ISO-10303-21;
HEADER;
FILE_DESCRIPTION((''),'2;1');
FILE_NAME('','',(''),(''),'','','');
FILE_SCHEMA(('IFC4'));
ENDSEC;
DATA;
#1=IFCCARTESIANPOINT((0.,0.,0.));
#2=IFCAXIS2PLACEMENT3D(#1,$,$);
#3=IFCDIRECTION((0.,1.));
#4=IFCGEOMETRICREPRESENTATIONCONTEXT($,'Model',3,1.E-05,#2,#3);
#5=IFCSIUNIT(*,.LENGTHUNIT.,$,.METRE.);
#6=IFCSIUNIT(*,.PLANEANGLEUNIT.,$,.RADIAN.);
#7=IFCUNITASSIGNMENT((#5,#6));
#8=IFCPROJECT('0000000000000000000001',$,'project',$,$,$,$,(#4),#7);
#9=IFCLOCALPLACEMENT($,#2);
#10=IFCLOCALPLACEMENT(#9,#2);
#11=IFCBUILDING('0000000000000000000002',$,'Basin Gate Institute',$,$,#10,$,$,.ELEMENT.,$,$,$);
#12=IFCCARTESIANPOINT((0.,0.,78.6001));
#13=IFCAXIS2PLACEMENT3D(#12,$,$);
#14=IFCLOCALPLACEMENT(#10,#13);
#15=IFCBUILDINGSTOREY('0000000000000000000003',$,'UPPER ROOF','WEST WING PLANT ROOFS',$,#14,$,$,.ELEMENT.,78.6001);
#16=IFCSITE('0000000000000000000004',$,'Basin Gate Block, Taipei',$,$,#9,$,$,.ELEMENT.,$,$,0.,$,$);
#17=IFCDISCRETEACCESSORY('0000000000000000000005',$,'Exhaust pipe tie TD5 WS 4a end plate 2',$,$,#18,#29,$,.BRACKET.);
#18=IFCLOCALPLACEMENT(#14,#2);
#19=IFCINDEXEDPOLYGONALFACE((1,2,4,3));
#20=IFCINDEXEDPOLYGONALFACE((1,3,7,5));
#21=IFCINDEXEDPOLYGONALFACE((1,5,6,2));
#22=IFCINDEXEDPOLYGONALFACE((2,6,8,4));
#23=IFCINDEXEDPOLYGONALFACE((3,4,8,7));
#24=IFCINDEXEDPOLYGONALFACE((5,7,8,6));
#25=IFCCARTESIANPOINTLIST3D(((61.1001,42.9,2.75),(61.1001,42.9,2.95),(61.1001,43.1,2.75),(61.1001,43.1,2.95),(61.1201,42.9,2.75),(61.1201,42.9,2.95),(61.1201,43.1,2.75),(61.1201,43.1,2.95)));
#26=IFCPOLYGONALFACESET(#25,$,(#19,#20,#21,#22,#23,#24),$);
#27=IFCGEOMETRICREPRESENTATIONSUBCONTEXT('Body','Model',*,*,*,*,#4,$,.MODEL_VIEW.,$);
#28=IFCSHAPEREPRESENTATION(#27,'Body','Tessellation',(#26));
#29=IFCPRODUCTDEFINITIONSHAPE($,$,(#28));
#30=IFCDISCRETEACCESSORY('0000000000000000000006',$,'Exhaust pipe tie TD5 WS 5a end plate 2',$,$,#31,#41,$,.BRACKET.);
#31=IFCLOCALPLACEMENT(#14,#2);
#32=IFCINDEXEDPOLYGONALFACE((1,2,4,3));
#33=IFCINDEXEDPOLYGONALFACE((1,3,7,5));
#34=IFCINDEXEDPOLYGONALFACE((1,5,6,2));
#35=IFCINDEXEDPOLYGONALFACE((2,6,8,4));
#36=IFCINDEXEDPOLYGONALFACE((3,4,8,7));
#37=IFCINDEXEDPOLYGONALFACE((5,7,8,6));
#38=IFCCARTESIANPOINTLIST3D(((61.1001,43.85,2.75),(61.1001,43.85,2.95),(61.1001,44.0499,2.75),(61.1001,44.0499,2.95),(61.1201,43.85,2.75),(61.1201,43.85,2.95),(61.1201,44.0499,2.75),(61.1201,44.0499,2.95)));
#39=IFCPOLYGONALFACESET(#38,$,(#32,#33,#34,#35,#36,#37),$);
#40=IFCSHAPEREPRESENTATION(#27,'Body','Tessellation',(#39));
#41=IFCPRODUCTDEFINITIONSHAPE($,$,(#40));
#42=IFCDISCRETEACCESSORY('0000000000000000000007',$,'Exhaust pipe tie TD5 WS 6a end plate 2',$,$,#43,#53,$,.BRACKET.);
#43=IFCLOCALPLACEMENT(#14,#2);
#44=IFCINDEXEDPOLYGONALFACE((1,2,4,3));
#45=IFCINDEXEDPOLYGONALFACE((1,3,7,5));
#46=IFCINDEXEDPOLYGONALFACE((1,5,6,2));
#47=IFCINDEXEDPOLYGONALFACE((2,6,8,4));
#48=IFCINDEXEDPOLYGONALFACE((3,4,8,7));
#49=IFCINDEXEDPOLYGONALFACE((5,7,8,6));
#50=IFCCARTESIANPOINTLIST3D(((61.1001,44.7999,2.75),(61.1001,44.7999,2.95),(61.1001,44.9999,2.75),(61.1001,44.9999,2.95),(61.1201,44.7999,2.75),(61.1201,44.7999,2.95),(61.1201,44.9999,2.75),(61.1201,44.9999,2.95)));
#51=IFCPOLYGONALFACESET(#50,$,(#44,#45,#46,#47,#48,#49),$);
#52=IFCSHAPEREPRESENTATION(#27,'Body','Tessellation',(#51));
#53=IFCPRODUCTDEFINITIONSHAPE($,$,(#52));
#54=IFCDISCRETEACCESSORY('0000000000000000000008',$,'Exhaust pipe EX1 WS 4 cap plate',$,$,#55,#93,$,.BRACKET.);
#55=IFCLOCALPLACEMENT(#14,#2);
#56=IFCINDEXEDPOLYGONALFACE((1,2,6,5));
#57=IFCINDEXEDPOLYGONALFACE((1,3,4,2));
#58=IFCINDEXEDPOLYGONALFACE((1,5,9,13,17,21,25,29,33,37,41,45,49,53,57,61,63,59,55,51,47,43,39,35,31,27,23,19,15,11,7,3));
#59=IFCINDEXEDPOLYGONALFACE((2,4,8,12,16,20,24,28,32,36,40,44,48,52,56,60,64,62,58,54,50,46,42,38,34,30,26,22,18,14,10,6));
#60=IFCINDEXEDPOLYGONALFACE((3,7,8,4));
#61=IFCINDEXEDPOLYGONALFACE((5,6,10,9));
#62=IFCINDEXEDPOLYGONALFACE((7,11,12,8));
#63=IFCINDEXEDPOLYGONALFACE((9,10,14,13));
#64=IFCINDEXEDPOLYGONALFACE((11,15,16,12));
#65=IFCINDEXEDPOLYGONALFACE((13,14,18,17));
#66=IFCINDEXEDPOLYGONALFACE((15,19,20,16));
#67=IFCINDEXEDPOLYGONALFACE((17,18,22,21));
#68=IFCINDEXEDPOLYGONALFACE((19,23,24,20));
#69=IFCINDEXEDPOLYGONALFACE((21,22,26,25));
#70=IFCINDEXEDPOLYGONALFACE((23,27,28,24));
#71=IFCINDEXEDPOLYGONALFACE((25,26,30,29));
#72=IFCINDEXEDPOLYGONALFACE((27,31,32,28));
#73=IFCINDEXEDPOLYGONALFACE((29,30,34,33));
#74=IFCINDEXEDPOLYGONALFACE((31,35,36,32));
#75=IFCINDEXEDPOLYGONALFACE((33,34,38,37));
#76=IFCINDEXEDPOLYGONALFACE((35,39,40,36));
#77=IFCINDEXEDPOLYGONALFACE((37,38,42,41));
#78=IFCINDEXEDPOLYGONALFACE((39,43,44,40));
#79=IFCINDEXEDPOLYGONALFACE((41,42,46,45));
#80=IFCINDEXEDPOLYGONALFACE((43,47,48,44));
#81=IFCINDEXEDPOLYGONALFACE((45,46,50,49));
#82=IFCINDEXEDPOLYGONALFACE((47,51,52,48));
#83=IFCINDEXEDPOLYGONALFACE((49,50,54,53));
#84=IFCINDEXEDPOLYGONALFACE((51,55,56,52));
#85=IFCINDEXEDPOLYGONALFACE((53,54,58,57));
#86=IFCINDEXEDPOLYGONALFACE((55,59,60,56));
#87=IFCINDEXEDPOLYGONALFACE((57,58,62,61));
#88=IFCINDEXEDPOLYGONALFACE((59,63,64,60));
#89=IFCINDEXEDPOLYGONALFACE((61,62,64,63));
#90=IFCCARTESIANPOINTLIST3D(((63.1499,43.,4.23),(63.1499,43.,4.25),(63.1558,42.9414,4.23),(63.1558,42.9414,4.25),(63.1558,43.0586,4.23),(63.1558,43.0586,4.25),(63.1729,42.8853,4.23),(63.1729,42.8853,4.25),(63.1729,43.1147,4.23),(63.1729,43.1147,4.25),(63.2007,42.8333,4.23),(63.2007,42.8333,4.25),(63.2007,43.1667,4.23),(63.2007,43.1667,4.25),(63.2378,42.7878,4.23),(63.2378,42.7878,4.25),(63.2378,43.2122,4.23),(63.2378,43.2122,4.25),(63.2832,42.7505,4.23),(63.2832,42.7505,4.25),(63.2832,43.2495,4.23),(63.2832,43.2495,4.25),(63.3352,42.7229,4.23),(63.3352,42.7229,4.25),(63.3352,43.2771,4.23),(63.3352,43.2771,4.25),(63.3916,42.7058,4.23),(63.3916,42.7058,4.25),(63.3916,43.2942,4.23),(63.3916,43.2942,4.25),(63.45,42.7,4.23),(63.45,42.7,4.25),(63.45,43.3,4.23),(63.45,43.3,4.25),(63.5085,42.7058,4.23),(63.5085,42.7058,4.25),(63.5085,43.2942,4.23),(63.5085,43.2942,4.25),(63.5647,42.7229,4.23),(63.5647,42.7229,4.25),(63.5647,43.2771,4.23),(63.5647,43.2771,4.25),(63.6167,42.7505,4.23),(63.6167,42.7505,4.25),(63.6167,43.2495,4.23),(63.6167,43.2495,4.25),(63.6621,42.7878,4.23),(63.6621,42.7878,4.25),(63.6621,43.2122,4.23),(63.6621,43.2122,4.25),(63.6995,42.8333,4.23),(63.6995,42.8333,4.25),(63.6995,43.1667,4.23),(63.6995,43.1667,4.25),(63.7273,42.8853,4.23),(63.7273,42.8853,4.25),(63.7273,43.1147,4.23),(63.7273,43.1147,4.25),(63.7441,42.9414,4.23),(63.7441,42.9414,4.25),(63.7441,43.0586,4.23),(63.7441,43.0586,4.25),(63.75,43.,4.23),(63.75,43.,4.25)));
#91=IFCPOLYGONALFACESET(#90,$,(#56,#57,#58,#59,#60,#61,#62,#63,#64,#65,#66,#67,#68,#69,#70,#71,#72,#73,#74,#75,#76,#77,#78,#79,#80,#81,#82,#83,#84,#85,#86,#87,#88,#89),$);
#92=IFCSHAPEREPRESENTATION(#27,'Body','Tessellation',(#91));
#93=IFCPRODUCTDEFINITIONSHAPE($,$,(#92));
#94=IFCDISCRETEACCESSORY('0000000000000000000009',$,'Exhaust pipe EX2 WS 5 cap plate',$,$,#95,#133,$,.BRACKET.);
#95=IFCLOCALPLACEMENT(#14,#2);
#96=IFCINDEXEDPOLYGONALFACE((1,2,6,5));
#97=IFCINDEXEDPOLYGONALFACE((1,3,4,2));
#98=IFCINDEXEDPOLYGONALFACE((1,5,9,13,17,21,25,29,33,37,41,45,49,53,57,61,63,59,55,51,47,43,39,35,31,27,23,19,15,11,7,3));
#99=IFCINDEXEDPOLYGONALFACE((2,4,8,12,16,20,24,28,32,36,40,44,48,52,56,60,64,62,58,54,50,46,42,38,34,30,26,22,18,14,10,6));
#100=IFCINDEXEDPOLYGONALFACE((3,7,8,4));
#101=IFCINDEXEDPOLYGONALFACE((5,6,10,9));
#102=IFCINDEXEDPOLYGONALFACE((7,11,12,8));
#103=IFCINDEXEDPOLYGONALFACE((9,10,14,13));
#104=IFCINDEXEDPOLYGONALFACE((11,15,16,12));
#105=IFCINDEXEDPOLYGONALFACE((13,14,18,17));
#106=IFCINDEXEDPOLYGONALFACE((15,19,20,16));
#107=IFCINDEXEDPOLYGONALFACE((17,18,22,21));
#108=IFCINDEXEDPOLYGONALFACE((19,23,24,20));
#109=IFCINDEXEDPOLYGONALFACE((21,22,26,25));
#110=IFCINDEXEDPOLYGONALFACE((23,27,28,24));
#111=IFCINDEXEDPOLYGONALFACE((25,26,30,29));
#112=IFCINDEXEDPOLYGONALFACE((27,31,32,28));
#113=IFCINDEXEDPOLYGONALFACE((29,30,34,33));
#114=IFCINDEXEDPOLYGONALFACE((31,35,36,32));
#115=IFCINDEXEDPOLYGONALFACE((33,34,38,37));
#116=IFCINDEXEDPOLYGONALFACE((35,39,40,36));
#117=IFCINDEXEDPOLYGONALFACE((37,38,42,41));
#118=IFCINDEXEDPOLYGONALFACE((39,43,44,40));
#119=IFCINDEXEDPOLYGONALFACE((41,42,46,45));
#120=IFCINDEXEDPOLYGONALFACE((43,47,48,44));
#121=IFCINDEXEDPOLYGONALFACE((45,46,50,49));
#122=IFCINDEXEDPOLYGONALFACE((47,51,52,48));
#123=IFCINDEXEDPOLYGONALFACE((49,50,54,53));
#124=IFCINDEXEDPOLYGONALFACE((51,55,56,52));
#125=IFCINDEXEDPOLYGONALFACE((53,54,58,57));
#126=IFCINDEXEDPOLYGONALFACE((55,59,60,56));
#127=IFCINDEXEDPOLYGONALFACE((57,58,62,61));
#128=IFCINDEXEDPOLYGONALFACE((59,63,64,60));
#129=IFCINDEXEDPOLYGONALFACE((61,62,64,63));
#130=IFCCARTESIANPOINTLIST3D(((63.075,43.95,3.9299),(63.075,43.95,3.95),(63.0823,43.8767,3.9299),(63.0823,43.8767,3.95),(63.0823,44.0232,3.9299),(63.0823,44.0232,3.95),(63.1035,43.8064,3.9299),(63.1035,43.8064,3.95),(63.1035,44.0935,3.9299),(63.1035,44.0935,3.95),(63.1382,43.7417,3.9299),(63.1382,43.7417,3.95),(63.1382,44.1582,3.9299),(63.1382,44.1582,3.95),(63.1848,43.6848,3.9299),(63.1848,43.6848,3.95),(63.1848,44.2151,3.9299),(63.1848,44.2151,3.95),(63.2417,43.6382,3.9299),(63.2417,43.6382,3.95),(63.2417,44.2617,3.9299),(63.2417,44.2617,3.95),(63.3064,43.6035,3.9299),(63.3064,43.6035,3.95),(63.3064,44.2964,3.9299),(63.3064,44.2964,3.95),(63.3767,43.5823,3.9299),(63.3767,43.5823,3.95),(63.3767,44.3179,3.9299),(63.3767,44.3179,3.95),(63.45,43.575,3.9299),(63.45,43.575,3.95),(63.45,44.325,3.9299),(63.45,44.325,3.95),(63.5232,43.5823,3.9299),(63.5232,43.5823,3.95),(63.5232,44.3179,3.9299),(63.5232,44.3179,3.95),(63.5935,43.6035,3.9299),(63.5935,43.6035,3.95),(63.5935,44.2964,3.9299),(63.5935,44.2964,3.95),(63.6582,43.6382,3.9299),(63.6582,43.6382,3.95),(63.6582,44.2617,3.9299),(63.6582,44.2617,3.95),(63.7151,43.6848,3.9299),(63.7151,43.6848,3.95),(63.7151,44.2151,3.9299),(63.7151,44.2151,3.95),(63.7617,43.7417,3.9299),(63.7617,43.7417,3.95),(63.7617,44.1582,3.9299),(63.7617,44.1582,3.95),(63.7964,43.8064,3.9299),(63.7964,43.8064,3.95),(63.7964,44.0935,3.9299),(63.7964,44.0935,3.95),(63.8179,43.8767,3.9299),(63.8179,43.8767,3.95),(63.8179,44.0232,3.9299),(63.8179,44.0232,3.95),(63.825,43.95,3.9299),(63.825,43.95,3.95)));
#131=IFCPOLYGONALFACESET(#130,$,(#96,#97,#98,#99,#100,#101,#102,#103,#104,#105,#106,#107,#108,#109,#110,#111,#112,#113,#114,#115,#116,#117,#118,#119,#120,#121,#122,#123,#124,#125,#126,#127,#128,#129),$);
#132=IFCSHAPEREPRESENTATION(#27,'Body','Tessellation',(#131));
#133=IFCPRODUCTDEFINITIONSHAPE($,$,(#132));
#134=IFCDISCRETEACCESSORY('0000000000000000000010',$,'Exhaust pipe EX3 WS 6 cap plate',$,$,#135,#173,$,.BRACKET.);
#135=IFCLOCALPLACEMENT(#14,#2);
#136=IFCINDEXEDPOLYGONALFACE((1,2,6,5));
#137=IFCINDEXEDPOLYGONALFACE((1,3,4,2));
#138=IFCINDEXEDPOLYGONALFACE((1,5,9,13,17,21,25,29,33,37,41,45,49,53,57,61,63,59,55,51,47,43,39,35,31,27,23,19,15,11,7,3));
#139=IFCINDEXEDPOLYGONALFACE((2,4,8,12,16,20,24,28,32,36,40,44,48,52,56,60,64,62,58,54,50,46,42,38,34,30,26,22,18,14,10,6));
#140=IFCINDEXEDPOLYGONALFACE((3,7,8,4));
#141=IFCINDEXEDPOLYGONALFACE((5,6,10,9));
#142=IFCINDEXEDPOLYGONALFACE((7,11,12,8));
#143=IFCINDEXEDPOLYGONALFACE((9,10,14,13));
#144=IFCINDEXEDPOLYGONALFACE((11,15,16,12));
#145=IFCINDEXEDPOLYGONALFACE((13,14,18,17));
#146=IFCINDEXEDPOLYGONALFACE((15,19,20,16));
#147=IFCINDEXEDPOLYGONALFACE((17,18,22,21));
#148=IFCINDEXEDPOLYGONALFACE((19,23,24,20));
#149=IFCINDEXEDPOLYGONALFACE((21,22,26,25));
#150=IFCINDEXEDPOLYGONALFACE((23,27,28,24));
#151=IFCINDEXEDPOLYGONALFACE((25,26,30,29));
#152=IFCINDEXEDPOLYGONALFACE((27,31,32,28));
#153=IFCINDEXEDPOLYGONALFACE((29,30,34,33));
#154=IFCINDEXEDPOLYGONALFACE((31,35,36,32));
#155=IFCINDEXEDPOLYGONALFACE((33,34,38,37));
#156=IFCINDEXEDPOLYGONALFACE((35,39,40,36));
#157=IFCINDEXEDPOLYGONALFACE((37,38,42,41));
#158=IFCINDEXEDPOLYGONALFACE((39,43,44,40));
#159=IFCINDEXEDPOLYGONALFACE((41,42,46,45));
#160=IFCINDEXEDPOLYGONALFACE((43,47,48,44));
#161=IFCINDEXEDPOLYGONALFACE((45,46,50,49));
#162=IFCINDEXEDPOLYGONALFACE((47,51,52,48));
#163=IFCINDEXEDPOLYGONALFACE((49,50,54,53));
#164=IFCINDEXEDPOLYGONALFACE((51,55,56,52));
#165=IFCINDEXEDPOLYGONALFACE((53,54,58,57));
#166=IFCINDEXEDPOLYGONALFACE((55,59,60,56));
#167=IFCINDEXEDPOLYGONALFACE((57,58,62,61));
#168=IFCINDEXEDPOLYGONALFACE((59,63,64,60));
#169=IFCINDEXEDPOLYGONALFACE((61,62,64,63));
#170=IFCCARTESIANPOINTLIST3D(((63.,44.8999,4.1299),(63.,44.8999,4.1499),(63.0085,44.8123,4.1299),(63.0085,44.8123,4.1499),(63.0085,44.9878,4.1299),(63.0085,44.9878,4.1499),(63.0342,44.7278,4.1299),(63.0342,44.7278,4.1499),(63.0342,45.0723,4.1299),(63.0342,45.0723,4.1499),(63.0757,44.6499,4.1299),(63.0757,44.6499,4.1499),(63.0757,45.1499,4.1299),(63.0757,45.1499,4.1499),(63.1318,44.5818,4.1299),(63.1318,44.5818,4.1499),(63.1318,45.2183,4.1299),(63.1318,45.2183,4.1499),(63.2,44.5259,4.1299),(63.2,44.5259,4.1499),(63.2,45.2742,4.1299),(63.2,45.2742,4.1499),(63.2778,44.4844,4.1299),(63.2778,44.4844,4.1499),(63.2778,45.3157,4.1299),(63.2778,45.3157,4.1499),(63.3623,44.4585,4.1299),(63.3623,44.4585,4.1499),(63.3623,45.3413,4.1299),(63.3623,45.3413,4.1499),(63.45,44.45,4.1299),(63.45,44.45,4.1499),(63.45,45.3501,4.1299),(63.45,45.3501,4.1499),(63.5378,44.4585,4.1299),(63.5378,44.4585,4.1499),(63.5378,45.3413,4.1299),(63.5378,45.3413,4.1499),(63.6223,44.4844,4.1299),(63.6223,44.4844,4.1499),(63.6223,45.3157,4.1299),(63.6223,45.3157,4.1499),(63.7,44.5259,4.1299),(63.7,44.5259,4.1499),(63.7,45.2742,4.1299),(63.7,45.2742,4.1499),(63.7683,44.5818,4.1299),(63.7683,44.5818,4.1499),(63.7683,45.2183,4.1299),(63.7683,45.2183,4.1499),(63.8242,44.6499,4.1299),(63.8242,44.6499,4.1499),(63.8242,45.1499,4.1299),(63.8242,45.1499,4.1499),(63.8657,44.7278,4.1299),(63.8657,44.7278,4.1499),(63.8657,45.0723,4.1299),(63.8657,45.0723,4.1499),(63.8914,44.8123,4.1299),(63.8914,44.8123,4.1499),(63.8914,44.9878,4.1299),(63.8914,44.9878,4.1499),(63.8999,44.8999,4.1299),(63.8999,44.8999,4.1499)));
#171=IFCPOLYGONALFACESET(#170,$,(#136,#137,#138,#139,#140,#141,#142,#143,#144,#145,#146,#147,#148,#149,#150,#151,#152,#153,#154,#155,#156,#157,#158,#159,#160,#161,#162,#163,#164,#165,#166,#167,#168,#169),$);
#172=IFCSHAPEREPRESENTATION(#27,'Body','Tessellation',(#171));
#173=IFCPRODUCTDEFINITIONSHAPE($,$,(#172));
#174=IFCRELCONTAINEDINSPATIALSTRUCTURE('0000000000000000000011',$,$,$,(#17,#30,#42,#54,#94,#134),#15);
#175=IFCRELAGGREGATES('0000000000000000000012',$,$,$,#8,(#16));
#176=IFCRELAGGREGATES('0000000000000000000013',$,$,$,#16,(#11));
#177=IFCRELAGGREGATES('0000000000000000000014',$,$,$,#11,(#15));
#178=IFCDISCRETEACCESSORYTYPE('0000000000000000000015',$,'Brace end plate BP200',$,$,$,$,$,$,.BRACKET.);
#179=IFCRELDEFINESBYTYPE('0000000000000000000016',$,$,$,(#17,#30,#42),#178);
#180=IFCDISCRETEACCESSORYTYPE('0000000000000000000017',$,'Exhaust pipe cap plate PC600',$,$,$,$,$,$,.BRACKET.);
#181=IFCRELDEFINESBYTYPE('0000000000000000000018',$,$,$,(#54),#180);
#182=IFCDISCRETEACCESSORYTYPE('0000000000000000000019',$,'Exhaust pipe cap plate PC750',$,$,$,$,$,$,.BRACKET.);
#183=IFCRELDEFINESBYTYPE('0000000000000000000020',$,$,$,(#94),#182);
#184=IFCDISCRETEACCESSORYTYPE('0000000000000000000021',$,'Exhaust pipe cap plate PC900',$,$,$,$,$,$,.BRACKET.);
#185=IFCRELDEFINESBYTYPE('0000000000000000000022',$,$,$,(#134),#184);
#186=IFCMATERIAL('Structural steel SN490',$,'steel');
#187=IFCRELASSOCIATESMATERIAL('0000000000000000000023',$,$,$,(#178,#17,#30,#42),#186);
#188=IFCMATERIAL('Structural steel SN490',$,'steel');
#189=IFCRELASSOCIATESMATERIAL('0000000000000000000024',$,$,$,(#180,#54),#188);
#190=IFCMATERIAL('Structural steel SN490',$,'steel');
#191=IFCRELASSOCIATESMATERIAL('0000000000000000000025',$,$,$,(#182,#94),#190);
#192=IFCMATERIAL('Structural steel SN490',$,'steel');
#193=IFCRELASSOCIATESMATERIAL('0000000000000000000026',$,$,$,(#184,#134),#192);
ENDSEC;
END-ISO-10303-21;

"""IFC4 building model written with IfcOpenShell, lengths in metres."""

from ifc_helpers import new_model, si_unit, direction, frame, origin, origin_2d, place, context, subcontext, project, spatial, polyline, rectangle, outline, extrude, material, type_object, element, save


model = new_model("IFC4")

# Units and contexts
model_context = context("Model", 3, precision=1e-05, world=origin(), true_north=direction((0.0, 1.0)))
body_context = subcontext(model_context, "Body", "Model", "MODEL_VIEW")
ifc_project = project(units=[si_unit("LENGTHUNIT", "METRE"), si_unit("PLANEANGLEUNIT", "RADIAN")], contexts=[model_context])

# Site, building, storey
site_placement = place(None, origin())
site = spatial("IfcSite", under=ifc_project, at=site_placement, Name="Basin Gate Block, Taipei", CompositionType="ELEMENT", RefElevation=0.0)
building_placement = place(site_placement, origin())
building = spatial("IfcBuilding", under=site, at=building_placement, Name="Basin Gate Institute", CompositionType="ELEMENT")
storey_placement = place(building_placement, frame((0.0, 0.0, 78.6001)))
storey = spatial("IfcBuildingStorey", under=building, at=storey_placement, Name="UPPER ROOF", Description="WEST WING PLANT ROOFS", CompositionType="ELEMENT", Elevation=78.6001)

# Discrete accessories
ifc_material_1 = material(Name="Structural steel SN490", Category="steel")
discrete_accessory_type_1 = type_object("IfcDiscreteAccessoryType", Name="Brace end plate BP200", PredefinedType="BRACKET", material=ifc_material_1)
for number, where, z_axis, x_axis, name in (
    (1, (61.1101, 43.0, 2.75), (0.0, 0.0, 1.0), (1.0, 0.0, 0.0), "Exhaust pipe tie TD5 WS 4a end plate 2"),
    (2, (61.1101, 43.95, 2.75), (0.0, 0.0, 1.0), (1.0, 0.0, 0.0), "Exhaust pipe tie TD5 WS 5a end plate 2"),
    (3, (61.1101, 44.8999, 2.75), (0.0, 0.0, 1.0), (1.0, 0.0, 0.0), "Exhaust pipe tie TD5 WS 6a end plate 2"),
):
    element("IfcDiscreteAccessory", number, at=place(storey_placement, frame(where, z_axis=z_axis, x_axis=x_axis)), inside=storey, type_object=discrete_accessory_type_1, material=ifc_material_1, Name=name, PredefinedType="BRACKET", context=body_context, shape_type="SweptSolid", body=[
        extrude(rectangle(XDim=0.02, YDim=0.2, at=origin_2d()), origin(), (0.0, 0.0, 1.0), 0.2),
    ])
ifc_material_2 = material(Name="Structural steel SN490", Category="steel")
discrete_accessory_type_2 = type_object("IfcDiscreteAccessoryType", Name="Exhaust pipe cap plate PC600", PredefinedType="BRACKET", material=ifc_material_2)
discrete_accessory_1_placement = place(storey_placement, frame((0.0, 0.0, 4.23)))
element("IfcDiscreteAccessory", 4, at=discrete_accessory_1_placement, inside=storey, type_object=discrete_accessory_type_2, material=ifc_material_2, Name="Exhaust pipe EX1 WS 4 cap plate", PredefinedType="BRACKET", context=body_context, shape_type="SweptSolid", body=[
    extrude(outline(polyline([(63.75, 43.0), (63.7441, 43.0586), (63.7273, 43.1147), (63.6995, 43.1667), (63.6621, 43.2122), (63.6167, 43.2495), (63.5647, 43.2771), (63.5085, 43.2942), (63.45, 43.3), (63.3916, 43.2942), (63.3352, 43.2771), (63.2832, 43.2495), (63.2378, 43.2122), (63.2007, 43.1667), (63.1729, 43.1147), (63.1558, 43.0586), (63.1499, 43.0), (63.1558, 42.9414), (63.1729, 42.8853), (63.2007, 42.8333), (63.2378, 42.7878), (63.2832, 42.7505), (63.3352, 42.7229), (63.3916, 42.7058), (63.45, 42.7), (63.5085, 42.7058), (63.5647, 42.7229), (63.6167, 42.7505), (63.6621, 42.7878), (63.6995, 42.8333), (63.7273, 42.8853), (63.7441, 42.9414), (63.75, 43.0)])), origin(), (0.0, 0.0, 1.0), 0.02),
])
ifc_material_3 = material(Name="Structural steel SN490", Category="steel")
discrete_accessory_type_3 = type_object("IfcDiscreteAccessoryType", Name="Exhaust pipe cap plate PC750", PredefinedType="BRACKET", material=ifc_material_3)
discrete_accessory_2_placement = place(storey_placement, frame((0.0, 0.0, 3.9299)))
element("IfcDiscreteAccessory", 5, at=discrete_accessory_2_placement, inside=storey, type_object=discrete_accessory_type_3, material=ifc_material_3, Name="Exhaust pipe EX2 WS 5 cap plate", PredefinedType="BRACKET", context=body_context, shape_type="SweptSolid", body=[
    extrude(outline(polyline([(63.825, 43.95), (63.8179, 44.0232), (63.7964, 44.0935), (63.7617, 44.1582), (63.7151, 44.2151), (63.6582, 44.2617), (63.5935, 44.2964), (63.5232, 44.3179), (63.45, 44.325), (63.3767, 44.3179), (63.3064, 44.2964), (63.2417, 44.2617), (63.1848, 44.2151), (63.1382, 44.1582), (63.1035, 44.0935), (63.0823, 44.0232), (63.075, 43.95), (63.0823, 43.8767), (63.1035, 43.8064), (63.1382, 43.7417), (63.1848, 43.6848), (63.2417, 43.6382), (63.3064, 43.6035), (63.3767, 43.5823), (63.45, 43.575), (63.5232, 43.5823), (63.5935, 43.6035), (63.6582, 43.6382), (63.7151, 43.6848), (63.7617, 43.7417), (63.7964, 43.8064), (63.8179, 43.8767), (63.825, 43.95)])), origin(), (0.0, 0.0, 1.0), 0.02),
])
ifc_material_4 = material(Name="Structural steel SN490", Category="steel")
discrete_accessory_type_4 = type_object("IfcDiscreteAccessoryType", Name="Exhaust pipe cap plate PC900", PredefinedType="BRACKET", material=ifc_material_4)
discrete_accessory_3_placement = place(storey_placement, frame((0.0, 0.0, 4.1299)))
element("IfcDiscreteAccessory", 6, at=discrete_accessory_3_placement, inside=storey, type_object=discrete_accessory_type_4, material=ifc_material_4, Name="Exhaust pipe EX3 WS 6 cap plate", PredefinedType="BRACKET", context=body_context, shape_type="SweptSolid", body=[
    extrude(outline(polyline([(63.8999, 44.8999), (63.8914, 44.9878), (63.8657, 45.0723), (63.8242, 45.1499), (63.7683, 45.2183), (63.7, 45.2742), (63.6223, 45.3157), (63.5378, 45.3413), (63.45, 45.3501), (63.3623, 45.3413), (63.2778, 45.3157), (63.2, 45.2742), (63.1318, 45.2183), (63.0757, 45.1499), (63.0342, 45.0723), (63.0085, 44.9878), (63.0, 44.8999), (63.0085, 44.8123), (63.0342, 44.7278), (63.0757, 44.6499), (63.1318, 44.5818), (63.2, 44.5259), (63.2778, 44.4844), (63.3623, 44.4585), (63.45, 44.45), (63.5378, 44.4585), (63.6223, 44.4844), (63.7, 44.5259), (63.7683, 44.5818), (63.8242, 44.6499), (63.8657, 44.7278), (63.8914, 44.8123), (63.8999, 44.8999)])), origin(), (0.0, 0.0, 1.0), 0.02),
])

save(model, "model.ifc")
